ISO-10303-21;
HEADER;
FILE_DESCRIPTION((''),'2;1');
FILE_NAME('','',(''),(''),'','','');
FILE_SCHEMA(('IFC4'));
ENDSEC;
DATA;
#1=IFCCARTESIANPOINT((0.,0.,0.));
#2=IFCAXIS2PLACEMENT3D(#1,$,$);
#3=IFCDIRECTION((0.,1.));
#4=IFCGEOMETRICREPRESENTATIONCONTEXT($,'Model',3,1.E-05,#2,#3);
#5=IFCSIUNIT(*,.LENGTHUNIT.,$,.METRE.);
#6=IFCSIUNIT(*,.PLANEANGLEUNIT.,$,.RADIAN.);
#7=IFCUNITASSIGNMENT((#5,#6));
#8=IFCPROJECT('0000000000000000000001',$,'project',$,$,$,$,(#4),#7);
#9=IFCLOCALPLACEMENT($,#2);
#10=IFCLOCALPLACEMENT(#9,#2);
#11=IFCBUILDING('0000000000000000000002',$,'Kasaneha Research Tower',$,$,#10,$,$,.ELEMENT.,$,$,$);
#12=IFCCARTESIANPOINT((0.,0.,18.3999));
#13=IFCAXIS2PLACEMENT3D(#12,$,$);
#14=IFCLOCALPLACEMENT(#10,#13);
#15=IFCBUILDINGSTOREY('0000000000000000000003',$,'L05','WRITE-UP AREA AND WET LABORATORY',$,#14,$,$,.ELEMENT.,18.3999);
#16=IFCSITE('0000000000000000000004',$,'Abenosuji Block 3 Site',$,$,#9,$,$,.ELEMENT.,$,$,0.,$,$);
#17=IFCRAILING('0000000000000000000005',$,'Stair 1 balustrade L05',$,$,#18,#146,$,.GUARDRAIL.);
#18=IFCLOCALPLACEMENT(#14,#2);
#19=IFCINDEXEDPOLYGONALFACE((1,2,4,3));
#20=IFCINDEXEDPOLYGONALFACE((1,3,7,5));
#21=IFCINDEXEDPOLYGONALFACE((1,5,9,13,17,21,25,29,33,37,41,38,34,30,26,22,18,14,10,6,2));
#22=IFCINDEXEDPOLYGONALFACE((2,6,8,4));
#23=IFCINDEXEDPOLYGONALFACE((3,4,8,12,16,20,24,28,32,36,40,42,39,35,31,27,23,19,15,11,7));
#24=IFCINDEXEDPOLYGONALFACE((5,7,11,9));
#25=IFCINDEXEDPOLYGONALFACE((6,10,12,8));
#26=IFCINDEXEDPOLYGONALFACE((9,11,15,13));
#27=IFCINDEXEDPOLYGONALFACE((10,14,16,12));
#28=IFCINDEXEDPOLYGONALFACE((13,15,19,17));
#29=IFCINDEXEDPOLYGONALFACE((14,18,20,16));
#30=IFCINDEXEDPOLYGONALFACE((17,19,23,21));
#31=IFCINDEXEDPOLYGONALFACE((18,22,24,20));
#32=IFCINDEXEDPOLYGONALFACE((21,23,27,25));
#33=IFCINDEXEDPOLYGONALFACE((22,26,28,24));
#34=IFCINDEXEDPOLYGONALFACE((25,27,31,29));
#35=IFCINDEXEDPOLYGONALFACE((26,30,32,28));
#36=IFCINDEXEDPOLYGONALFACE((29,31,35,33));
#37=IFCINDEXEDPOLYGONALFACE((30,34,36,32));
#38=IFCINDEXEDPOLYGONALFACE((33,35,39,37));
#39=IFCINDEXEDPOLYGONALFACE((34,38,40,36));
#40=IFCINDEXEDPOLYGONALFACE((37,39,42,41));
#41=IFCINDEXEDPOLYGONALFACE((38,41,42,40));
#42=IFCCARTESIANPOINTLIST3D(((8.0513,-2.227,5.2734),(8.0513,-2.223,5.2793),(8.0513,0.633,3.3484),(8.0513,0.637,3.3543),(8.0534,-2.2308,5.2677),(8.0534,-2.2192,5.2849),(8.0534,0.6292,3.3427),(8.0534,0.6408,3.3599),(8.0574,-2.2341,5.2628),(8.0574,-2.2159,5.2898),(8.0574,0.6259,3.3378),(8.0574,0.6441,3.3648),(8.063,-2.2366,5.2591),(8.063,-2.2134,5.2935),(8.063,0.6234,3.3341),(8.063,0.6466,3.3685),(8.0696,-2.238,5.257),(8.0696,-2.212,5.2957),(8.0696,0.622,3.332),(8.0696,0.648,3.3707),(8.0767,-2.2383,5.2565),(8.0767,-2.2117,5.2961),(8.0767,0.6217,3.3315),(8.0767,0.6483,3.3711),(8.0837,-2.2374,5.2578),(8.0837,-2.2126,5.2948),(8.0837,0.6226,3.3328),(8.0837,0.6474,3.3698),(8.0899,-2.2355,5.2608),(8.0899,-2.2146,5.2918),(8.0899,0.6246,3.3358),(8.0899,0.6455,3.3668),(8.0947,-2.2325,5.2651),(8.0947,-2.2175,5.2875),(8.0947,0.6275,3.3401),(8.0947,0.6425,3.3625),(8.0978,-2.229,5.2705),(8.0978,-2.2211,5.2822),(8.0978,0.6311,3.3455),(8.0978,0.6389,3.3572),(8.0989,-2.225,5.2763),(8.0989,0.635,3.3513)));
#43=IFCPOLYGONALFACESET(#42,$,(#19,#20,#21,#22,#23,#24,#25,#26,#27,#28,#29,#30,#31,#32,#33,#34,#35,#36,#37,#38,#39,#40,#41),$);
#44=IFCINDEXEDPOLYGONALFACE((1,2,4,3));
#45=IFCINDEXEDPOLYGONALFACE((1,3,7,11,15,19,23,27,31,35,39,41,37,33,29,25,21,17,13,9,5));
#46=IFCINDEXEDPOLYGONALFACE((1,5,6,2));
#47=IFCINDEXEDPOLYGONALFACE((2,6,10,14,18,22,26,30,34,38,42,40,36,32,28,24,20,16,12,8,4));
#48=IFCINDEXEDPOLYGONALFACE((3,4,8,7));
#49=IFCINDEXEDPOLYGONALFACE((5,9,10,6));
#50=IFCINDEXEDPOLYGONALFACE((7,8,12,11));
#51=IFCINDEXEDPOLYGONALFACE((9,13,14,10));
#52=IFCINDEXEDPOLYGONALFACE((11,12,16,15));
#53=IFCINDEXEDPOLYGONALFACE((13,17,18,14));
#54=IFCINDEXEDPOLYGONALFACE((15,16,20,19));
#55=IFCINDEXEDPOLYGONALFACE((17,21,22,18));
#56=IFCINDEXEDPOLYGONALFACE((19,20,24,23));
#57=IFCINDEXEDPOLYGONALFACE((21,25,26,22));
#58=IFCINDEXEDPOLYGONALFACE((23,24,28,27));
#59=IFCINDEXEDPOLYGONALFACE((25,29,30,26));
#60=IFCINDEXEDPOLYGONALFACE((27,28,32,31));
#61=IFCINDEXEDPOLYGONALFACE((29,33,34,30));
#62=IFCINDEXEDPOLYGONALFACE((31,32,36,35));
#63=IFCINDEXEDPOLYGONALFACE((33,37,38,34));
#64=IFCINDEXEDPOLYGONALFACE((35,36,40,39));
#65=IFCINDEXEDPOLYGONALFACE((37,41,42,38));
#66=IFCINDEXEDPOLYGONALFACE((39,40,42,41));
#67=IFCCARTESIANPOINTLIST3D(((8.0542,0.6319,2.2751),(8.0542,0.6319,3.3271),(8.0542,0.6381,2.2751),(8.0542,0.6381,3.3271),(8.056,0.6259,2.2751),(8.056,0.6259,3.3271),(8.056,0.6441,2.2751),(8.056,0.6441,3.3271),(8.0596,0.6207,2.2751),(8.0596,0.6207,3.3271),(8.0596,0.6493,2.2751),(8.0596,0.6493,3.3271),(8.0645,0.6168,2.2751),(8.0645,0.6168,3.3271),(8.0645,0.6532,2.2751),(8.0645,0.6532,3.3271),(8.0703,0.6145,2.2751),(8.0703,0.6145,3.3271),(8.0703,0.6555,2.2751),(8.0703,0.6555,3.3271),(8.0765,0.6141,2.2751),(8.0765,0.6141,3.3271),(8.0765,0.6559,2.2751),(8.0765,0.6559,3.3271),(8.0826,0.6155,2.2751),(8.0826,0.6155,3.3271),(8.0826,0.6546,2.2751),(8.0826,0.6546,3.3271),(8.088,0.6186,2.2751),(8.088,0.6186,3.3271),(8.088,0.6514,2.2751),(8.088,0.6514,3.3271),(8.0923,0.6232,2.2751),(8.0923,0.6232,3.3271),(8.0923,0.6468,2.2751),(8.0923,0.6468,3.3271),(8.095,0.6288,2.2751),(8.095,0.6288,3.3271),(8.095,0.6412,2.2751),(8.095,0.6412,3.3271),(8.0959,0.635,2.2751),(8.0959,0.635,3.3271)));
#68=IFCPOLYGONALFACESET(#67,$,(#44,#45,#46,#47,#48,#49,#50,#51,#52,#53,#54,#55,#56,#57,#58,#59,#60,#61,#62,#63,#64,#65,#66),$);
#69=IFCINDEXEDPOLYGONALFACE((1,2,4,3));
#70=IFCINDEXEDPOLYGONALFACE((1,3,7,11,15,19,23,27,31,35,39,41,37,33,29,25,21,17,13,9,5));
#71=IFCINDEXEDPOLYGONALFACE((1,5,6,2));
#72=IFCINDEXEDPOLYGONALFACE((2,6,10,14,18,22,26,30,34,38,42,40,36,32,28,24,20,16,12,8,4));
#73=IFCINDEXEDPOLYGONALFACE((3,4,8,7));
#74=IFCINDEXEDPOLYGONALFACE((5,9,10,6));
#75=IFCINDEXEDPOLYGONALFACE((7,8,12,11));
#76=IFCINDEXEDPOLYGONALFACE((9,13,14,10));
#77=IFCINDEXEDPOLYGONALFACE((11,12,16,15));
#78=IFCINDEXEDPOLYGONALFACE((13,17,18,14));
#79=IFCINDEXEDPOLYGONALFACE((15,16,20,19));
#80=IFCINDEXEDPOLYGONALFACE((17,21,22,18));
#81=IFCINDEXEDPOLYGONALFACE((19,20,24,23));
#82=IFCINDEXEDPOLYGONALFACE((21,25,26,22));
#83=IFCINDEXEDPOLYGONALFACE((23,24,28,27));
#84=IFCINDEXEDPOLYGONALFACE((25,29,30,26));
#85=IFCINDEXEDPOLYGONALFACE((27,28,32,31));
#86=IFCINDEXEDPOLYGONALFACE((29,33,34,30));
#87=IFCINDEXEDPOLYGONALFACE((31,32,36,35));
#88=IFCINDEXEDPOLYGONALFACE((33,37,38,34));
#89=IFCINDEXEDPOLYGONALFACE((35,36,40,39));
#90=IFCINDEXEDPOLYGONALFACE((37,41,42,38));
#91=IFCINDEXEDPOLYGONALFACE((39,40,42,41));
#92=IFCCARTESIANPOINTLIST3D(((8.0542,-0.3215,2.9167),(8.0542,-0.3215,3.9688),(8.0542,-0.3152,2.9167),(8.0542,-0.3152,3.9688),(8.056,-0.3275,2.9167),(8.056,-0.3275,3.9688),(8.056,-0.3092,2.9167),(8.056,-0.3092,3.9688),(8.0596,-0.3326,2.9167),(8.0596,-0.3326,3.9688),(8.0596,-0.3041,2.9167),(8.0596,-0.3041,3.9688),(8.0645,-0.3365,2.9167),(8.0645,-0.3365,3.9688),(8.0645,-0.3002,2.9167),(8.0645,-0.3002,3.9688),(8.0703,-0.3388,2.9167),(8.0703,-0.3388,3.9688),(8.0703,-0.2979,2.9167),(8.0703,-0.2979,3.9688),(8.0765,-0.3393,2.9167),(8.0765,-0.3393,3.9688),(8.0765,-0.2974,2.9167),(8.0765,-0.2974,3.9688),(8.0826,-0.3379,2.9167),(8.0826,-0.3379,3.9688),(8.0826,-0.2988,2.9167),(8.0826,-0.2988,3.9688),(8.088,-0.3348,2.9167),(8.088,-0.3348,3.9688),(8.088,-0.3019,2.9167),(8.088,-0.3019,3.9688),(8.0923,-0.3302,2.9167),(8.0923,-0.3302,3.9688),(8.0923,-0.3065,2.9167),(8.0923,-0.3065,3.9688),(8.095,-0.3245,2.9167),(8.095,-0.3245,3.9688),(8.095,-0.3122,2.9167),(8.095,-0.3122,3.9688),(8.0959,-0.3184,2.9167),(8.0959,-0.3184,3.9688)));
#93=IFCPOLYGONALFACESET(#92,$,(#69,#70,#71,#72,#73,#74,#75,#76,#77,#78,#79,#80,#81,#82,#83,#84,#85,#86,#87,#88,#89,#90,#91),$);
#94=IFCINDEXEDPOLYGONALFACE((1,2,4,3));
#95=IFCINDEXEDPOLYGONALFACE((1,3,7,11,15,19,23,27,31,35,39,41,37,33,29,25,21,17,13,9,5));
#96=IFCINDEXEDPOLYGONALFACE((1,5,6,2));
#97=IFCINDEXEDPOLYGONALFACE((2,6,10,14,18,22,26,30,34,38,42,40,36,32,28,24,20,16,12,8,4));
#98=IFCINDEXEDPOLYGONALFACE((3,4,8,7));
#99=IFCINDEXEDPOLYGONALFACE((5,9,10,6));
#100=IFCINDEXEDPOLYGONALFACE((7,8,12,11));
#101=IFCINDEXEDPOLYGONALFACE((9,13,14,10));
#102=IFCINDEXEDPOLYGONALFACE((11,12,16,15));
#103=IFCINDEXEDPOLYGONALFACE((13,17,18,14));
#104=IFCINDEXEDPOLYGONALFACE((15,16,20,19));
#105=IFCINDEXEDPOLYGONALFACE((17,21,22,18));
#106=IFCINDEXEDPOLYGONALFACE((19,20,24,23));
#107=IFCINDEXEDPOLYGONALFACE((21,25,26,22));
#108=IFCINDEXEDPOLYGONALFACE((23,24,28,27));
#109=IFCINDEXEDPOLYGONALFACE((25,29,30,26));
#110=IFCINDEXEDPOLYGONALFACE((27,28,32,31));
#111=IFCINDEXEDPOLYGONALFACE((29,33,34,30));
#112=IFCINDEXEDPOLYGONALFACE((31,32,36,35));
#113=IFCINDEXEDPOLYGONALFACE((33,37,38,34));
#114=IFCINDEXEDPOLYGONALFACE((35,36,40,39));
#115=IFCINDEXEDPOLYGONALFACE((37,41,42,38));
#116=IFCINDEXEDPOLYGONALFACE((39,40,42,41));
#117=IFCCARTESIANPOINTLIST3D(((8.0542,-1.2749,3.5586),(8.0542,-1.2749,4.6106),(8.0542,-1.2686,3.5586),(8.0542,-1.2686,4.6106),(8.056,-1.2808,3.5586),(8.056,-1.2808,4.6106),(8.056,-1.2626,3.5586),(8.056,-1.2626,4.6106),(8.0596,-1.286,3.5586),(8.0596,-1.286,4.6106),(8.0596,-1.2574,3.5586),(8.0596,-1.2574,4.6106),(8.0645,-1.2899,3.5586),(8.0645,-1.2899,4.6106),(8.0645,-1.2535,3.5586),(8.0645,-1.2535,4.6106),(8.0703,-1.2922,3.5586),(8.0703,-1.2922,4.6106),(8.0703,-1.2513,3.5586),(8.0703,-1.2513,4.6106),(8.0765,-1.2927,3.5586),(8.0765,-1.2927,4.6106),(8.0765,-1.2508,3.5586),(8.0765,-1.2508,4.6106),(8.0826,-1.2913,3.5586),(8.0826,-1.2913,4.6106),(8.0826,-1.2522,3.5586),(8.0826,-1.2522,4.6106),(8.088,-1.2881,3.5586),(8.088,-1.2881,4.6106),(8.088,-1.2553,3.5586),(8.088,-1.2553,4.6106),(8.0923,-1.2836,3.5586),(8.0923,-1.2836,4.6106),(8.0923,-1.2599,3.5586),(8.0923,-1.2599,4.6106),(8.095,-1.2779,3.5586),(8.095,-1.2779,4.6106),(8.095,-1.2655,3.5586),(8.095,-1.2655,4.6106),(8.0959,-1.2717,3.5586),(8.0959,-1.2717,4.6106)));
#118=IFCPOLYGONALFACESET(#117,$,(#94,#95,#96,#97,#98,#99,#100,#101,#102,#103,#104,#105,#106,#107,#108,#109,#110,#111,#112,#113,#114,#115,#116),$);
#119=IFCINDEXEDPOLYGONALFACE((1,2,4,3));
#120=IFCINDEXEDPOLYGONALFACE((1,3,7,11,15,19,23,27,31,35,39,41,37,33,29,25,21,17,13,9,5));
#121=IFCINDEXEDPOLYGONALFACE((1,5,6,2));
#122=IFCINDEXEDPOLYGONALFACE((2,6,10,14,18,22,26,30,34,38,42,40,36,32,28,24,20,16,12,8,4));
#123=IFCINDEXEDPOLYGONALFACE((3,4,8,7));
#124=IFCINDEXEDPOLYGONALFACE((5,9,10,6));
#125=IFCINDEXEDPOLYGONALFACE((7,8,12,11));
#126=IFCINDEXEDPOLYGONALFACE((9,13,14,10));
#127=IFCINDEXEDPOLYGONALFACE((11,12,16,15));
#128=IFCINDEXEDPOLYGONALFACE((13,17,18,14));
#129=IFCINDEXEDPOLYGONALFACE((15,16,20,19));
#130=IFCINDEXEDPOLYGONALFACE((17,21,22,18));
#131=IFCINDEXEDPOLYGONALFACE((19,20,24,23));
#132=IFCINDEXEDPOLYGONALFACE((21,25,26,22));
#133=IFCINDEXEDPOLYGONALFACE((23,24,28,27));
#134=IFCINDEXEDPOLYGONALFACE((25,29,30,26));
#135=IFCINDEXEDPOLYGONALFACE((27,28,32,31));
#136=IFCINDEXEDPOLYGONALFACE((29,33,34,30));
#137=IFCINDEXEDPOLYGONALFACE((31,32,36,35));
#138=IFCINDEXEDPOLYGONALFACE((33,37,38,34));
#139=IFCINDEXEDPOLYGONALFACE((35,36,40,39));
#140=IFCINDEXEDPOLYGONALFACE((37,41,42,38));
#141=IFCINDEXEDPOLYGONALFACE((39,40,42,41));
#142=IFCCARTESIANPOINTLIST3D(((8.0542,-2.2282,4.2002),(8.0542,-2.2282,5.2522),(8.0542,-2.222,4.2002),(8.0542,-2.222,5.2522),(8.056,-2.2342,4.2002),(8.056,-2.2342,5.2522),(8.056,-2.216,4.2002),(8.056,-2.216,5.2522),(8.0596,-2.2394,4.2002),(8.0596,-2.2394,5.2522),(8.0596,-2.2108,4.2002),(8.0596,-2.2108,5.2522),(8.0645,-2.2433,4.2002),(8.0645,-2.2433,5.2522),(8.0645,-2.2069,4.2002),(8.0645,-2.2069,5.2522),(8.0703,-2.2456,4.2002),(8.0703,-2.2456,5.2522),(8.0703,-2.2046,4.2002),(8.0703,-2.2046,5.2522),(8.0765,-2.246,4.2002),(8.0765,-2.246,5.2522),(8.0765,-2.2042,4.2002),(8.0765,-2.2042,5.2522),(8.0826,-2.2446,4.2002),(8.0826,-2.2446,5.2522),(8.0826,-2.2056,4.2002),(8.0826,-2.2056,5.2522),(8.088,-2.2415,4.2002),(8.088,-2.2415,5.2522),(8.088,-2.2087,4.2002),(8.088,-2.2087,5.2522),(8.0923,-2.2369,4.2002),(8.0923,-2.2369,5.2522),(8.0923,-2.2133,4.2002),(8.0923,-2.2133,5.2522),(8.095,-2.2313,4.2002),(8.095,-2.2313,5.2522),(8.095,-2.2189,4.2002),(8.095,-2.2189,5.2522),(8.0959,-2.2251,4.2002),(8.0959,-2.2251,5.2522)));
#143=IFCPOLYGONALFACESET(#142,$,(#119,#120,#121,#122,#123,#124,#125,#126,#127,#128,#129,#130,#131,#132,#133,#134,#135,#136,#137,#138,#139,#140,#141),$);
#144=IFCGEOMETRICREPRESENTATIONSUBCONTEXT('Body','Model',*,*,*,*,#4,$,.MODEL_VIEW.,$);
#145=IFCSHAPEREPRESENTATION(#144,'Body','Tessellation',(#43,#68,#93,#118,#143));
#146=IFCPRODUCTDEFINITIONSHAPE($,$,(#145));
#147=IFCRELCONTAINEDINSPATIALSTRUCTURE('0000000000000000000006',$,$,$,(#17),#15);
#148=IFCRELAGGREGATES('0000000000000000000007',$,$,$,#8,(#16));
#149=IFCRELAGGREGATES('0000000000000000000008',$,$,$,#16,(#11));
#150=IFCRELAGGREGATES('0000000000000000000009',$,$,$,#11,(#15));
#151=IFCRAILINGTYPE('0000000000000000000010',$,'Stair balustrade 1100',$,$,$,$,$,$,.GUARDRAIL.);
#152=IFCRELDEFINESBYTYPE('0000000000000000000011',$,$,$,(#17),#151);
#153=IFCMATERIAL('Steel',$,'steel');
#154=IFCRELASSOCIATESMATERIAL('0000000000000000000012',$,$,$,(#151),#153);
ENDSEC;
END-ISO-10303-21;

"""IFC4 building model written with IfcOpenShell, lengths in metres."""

from ifc_helpers import new_model, si_unit, direction, frame, origin, origin_2d, place, context, subcontext, project, spatial, circle, extrude, material, type_object, element, save


model = new_model("IFC4")

# Units and contexts
model_context = context("Model", 3, precision=1e-05, world=origin(), true_north=direction((0.0, 1.0)))
body_context = subcontext(model_context, "Body", "Model", "MODEL_VIEW")
ifc_project = project(units=[si_unit("LENGTHUNIT", "METRE"), si_unit("PLANEANGLEUNIT", "RADIAN")], contexts=[model_context])

# Site, building, storey
site_placement = place(None, origin())
site = spatial("IfcSite", under=ifc_project, at=site_placement, Name="Abenosuji Block 3 Site", CompositionType="ELEMENT", RefElevation=0.0)
building_placement = place(site_placement, origin())
building = spatial("IfcBuilding", under=site, at=building_placement, Name="Kasaneha Research Tower", CompositionType="ELEMENT")
storey_placement = place(building_placement, frame((0.0, 0.0, 18.3999)))
storey = spatial("IfcBuildingStorey", under=building, at=storey_placement, Name="L05", Description="WRITE-UP AREA AND WET LABORATORY", CompositionType="ELEMENT", Elevation=18.3999)

# Railing
ifc_material_1 = material(Name="Steel", Category="steel")
railing_type_1 = type_object("IfcRailingType", Name="Stair balustrade 1100", PredefinedType="GUARDRAIL", material=ifc_material_1)
railing_1_placement = place(storey_placement, frame((8.075, 0.635, 2.2751)))
element("IfcRailing", 1, at=railing_1_placement, inside=storey, type_object=railing_type_1, Name="Stair 1 balustrade L05", PredefinedType="GUARDRAIL", context=body_context, shape_type="SweptSolid", body=[
    extrude(circle(Radius=0.0239, at=origin_2d()), frame((0.0, 0.0, 1.0762), z_axis=(0.0, -0.829591, 0.558372), x_axis=(1.0, 0.0, 0.0)), (0.0, 0.0, 1.0), 3.4475),
    extrude(circle(Radius=0.021, at=origin_2d()), origin(), (0.0, 0.0, 1.0), 1.052),
    extrude(circle(Radius=0.021, at=origin_2d()), frame((0.0, -0.9534, 0.6416)), (0.0, 0.0, 1.0), 1.052),
    extrude(circle(Radius=0.021, at=origin_2d()), frame((0.0, -1.9067, 1.2834)), (0.0, 0.0, 1.0), 1.052),
    extrude(circle(Radius=0.021, at=origin_2d()), frame((0.0, -2.8601, 1.925)), (0.0, 0.0, 1.0), 1.052),
])

save(model, "model.ifc")
